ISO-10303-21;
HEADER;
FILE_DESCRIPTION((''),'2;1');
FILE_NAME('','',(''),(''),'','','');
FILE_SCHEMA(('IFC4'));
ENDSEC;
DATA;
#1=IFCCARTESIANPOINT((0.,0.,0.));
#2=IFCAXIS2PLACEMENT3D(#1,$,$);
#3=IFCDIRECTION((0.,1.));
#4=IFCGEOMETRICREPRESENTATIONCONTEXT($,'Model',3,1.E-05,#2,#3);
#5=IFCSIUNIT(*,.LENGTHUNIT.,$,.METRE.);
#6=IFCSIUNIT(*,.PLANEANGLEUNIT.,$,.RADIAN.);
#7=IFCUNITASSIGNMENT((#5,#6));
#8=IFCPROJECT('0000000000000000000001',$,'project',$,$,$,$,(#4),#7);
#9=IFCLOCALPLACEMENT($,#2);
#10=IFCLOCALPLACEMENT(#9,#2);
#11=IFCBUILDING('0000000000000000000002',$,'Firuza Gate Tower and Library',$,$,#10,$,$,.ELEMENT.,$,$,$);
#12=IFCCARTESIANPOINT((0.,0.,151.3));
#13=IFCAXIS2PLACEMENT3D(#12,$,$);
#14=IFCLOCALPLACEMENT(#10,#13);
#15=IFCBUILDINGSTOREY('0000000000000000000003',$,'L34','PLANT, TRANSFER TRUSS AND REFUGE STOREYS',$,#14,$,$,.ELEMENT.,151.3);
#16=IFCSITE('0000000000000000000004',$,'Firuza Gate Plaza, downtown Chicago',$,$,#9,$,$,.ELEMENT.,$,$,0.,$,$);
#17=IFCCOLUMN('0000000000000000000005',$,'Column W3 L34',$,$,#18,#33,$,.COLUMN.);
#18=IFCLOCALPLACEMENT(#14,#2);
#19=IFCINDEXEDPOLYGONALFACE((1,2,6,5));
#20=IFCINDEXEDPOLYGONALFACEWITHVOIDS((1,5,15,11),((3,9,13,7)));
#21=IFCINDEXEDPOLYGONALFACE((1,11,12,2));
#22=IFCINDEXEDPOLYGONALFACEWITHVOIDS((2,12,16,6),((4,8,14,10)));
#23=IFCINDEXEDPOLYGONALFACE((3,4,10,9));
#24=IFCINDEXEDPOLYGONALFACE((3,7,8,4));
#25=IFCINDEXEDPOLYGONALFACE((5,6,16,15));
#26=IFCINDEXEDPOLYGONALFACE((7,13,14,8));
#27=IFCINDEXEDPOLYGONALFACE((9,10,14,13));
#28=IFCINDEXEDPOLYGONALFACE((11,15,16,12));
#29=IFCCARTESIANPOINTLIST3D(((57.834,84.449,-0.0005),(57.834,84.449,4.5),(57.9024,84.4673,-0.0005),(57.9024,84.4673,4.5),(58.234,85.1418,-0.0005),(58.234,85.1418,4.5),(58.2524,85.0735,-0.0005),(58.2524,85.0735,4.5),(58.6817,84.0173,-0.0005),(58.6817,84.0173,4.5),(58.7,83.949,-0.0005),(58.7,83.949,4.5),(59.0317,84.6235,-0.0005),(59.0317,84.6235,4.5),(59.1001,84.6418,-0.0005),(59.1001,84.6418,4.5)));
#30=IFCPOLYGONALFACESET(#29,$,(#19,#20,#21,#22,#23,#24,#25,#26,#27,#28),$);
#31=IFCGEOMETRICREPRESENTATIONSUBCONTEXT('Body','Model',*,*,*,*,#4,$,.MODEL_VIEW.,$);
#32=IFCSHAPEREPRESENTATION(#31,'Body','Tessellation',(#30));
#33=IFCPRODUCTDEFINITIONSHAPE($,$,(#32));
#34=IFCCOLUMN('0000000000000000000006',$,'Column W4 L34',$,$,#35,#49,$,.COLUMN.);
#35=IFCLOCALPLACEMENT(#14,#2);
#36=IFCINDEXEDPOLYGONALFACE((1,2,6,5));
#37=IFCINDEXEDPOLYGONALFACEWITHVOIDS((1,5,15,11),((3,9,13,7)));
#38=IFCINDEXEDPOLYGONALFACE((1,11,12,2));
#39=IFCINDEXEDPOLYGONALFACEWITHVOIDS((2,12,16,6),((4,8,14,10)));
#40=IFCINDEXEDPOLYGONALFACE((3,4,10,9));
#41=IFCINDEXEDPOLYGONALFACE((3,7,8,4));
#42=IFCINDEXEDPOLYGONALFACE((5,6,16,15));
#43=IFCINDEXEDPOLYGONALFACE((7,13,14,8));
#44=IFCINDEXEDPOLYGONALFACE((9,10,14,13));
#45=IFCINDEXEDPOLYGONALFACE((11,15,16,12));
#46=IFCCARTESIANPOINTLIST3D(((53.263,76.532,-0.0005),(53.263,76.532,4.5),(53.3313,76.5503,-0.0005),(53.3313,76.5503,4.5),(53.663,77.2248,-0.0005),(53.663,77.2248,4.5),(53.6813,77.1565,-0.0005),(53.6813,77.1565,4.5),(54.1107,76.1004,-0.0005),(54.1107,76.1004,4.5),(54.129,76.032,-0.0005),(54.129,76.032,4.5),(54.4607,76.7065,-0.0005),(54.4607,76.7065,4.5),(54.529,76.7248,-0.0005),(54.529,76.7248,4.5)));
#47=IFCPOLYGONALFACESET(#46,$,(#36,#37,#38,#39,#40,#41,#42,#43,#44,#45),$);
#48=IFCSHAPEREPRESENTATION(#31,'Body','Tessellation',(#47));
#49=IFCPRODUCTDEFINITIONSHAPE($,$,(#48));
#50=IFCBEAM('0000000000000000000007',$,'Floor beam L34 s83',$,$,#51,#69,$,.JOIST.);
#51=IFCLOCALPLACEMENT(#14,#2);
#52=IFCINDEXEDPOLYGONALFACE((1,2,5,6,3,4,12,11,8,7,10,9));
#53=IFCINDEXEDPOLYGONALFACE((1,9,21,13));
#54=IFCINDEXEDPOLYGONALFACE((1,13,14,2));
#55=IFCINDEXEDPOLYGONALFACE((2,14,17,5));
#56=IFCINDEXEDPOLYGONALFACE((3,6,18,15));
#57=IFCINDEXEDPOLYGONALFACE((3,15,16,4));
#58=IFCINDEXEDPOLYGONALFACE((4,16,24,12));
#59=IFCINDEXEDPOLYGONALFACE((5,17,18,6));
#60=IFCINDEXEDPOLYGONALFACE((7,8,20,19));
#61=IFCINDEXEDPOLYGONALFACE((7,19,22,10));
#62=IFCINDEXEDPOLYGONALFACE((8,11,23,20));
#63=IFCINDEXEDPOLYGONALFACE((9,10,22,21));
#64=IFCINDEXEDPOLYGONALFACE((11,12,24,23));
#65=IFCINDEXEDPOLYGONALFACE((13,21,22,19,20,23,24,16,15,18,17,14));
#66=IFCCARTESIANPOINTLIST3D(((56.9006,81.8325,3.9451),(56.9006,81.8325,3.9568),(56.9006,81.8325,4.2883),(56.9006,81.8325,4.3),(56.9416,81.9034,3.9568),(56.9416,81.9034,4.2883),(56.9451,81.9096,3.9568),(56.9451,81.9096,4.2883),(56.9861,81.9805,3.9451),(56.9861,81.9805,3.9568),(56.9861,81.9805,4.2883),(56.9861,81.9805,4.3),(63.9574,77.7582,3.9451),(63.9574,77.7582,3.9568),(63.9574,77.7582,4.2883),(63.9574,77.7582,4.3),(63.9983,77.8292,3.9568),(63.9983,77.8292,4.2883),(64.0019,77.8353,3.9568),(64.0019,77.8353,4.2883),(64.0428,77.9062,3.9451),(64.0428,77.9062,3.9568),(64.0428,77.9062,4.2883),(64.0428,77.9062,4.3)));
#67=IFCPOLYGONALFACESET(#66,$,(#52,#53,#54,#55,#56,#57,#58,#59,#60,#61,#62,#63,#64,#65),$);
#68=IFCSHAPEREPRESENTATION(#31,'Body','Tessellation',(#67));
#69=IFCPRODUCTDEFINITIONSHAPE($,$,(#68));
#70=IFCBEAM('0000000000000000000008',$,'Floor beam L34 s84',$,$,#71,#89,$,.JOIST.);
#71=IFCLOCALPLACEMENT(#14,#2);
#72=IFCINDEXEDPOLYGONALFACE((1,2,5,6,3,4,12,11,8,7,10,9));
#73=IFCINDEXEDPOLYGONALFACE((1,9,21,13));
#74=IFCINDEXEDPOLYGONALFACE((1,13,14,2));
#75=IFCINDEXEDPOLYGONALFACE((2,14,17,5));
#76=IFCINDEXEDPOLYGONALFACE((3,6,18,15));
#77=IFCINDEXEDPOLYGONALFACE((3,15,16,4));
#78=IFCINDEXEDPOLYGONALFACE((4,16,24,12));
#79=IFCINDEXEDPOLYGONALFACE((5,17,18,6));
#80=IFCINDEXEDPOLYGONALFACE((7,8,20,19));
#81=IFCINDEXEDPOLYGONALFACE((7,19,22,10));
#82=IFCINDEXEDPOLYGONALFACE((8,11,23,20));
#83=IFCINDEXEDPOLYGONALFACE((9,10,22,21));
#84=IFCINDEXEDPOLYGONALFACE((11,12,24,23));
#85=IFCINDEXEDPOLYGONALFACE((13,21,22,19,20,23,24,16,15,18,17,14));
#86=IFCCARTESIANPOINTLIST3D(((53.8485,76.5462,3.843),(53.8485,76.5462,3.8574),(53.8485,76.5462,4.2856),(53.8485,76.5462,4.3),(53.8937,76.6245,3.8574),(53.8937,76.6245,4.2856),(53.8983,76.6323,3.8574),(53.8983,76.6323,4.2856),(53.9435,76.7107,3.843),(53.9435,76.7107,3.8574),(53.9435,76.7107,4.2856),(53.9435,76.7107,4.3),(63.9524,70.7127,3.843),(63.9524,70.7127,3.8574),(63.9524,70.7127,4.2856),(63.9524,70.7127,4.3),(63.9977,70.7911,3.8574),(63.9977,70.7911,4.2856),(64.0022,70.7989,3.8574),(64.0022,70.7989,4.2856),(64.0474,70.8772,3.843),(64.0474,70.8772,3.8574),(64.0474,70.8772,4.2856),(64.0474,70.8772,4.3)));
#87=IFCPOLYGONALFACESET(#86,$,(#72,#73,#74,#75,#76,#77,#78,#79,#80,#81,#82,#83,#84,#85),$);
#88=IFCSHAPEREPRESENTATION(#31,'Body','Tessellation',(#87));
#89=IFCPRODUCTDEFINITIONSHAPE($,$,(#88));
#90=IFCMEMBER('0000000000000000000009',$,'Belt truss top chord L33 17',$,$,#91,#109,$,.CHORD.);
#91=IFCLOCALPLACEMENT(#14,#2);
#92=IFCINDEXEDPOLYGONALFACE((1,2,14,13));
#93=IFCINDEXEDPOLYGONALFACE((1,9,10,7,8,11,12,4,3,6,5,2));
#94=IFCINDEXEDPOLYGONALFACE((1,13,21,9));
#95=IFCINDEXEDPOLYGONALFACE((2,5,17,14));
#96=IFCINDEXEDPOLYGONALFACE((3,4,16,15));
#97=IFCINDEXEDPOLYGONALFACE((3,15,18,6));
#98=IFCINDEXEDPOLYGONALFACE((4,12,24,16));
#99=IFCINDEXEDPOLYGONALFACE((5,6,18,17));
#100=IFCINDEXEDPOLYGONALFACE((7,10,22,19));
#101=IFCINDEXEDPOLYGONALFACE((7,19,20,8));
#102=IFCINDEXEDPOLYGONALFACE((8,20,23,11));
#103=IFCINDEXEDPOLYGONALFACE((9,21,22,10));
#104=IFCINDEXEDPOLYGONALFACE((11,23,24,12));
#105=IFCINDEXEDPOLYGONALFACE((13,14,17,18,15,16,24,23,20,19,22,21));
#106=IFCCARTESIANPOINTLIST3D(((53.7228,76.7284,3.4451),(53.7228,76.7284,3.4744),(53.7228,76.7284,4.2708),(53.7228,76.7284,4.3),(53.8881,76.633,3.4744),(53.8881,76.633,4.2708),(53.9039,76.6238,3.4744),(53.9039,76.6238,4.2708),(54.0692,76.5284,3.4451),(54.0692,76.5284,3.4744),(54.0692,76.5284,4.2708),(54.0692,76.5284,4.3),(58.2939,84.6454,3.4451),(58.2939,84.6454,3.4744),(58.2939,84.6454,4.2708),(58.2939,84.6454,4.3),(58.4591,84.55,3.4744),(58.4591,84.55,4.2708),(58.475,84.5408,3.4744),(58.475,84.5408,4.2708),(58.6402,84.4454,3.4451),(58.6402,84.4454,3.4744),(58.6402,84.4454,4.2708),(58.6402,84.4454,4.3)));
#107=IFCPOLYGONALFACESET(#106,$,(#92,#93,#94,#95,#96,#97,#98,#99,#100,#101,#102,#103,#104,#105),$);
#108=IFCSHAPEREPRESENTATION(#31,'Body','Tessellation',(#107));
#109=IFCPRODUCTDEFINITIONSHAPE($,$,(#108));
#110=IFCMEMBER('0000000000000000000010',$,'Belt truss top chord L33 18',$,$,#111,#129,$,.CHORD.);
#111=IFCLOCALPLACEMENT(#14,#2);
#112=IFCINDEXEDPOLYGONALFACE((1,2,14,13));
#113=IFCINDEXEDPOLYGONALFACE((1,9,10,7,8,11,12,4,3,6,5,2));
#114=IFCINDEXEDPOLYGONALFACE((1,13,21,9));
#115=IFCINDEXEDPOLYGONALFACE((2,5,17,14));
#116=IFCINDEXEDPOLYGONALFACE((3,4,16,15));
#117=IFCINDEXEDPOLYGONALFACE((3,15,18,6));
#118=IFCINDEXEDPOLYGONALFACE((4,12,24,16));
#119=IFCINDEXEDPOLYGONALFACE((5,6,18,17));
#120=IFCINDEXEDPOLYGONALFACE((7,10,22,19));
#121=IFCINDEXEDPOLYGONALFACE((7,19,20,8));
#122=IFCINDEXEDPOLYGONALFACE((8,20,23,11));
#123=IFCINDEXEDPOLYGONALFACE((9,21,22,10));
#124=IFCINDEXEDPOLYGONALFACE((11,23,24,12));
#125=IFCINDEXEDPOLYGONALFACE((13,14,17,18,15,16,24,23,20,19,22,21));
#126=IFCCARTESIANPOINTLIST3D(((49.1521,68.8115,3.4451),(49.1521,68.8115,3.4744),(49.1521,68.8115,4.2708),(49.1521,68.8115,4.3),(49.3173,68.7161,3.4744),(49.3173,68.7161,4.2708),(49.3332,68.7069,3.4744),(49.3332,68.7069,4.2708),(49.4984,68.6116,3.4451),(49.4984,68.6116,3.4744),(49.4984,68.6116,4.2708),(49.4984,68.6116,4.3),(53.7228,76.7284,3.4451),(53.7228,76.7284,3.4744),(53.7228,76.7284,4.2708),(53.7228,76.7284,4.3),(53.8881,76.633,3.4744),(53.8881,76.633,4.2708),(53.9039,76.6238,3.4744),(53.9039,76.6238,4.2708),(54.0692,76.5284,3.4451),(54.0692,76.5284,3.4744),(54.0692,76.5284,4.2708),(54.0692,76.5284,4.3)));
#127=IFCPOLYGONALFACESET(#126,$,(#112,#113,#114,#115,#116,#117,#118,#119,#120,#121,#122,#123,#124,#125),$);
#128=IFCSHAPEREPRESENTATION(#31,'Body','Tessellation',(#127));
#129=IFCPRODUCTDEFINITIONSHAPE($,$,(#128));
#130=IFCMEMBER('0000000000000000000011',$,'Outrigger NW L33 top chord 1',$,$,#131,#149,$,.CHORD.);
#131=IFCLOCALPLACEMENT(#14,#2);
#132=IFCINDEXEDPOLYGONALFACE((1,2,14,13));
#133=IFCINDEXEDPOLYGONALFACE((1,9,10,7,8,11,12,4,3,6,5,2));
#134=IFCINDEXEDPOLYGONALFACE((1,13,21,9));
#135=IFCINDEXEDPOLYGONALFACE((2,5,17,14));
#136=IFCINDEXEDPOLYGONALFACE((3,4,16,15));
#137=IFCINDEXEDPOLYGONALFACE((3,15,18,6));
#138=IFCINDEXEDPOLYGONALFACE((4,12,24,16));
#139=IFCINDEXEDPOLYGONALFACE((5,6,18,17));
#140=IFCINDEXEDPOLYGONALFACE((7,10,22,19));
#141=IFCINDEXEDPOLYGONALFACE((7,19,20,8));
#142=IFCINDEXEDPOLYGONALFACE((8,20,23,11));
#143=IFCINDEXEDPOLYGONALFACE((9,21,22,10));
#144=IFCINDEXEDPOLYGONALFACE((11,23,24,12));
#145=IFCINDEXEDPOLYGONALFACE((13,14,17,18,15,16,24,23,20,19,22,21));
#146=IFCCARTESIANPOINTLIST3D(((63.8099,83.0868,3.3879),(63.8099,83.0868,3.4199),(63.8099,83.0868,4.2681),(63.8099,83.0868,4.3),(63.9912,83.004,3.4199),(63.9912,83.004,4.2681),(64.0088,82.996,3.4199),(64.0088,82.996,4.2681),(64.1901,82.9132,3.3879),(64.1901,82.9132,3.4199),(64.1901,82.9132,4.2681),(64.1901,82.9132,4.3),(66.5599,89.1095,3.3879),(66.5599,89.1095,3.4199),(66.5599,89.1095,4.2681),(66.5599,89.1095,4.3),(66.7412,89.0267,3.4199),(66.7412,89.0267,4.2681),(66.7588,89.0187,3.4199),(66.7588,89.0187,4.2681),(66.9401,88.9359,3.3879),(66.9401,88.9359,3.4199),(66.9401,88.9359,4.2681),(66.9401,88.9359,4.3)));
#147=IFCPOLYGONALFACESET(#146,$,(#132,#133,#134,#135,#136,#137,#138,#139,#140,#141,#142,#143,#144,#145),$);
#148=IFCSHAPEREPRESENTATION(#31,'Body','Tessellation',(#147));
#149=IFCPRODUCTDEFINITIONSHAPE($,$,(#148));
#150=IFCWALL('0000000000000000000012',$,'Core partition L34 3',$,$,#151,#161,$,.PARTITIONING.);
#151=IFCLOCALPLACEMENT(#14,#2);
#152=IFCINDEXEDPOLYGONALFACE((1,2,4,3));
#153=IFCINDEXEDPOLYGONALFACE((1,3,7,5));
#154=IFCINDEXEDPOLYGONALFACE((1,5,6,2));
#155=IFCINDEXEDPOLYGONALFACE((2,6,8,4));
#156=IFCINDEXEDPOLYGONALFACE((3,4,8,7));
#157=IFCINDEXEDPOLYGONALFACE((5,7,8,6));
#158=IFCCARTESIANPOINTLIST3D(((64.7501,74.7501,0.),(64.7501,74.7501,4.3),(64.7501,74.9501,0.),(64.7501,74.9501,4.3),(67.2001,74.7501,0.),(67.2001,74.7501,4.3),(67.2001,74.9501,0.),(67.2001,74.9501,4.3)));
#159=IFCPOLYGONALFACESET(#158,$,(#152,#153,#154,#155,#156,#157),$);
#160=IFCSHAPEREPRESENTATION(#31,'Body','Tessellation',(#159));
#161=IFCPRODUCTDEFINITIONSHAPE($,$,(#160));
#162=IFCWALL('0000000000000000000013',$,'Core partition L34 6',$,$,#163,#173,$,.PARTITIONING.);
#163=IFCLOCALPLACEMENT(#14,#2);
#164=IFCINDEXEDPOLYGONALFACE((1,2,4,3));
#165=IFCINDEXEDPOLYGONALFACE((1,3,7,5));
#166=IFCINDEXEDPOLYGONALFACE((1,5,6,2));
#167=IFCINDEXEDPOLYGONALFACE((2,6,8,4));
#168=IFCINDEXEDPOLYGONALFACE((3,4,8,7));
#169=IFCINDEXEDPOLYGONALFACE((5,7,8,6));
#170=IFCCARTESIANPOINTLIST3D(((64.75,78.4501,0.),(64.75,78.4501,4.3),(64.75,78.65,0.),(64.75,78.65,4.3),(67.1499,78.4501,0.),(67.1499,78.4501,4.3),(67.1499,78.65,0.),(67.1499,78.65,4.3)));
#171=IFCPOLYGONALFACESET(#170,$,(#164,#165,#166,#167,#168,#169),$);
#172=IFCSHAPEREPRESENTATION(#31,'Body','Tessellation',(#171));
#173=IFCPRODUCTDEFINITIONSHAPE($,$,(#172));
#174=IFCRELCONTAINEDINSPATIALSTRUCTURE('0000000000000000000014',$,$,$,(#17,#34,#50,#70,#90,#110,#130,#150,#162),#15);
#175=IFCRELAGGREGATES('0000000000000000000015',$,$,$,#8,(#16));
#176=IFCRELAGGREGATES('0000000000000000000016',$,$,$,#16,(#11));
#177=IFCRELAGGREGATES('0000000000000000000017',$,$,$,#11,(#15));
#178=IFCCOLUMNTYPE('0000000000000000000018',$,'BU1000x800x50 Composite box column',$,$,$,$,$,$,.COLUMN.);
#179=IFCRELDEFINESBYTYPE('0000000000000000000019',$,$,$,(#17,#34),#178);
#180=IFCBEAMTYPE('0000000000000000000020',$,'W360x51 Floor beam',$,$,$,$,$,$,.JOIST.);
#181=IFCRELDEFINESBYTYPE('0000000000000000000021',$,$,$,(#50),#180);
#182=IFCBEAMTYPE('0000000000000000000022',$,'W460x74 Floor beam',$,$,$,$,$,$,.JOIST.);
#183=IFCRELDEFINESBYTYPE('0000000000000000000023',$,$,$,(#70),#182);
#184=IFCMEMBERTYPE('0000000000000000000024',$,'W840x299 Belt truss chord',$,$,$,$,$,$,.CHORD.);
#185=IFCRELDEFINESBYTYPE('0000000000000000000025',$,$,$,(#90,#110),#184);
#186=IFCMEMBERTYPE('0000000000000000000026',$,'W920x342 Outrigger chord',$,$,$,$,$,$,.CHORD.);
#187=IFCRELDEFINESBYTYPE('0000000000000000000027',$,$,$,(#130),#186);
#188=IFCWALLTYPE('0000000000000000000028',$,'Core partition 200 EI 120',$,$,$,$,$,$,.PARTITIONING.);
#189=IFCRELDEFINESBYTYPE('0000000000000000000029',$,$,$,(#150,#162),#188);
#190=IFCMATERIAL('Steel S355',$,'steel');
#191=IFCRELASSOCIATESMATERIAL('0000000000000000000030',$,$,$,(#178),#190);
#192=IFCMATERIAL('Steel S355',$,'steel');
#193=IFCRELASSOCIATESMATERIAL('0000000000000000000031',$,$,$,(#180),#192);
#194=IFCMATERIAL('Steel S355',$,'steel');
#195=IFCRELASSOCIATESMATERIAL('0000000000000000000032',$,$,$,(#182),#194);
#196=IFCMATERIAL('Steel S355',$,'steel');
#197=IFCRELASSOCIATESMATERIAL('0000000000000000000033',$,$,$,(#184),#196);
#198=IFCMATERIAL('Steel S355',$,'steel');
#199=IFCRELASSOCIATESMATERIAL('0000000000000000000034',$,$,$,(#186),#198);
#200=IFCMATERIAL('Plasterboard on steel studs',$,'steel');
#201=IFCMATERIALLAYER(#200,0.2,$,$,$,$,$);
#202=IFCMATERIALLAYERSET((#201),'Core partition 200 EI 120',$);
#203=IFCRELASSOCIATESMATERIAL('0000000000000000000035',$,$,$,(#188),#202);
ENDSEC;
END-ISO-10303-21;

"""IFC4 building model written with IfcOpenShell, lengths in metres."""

from ifc_helpers import new_model, si_unit, direction, frame, frame_2d, origin, origin_2d, place, context, subcontext, project, spatial, rectangle, hollow_rectangle, i_section, extrude, material, layer, layer_set, material_profile, profile_set, type_object, element, save


model = new_model("IFC4")

# Units and contexts
model_context = context("Model", 3, precision=1e-05, world=origin(), true_north=direction((0.0, 1.0)))
body_context = subcontext(model_context, "Body", "Model", "MODEL_VIEW")
ifc_project = project(units=[si_unit("LENGTHUNIT", "METRE"), si_unit("PLANEANGLEUNIT", "RADIAN")], contexts=[model_context])

# Site, building, storey
site_placement = place(None, origin())
site = spatial("IfcSite", under=ifc_project, at=site_placement, Name="Firuza Gate Plaza, downtown Chicago", CompositionType="ELEMENT", RefElevation=0.0)
building_placement = place(site_placement, origin())
building = spatial("IfcBuilding", under=site, at=building_placement, Name="Firuza Gate Tower and Library", CompositionType="ELEMENT")
storey_placement = place(building_placement, frame((0.0, 0.0, 151.3)))
storey = spatial("IfcBuildingStorey", under=building, at=storey_placement, Name="L34", Description="PLANT, TRANSFER TRUSS AND REFUGE STOREYS", CompositionType="ELEMENT", Elevation=151.3)

# Columns
ifc_material_1 = material(Name="Steel S355", Category="steel")
ifc_material_profile_1 = material_profile(ifc_material_1, hollow_rectangle(XDim=0.8, YDim=1.0, WallThickness=0.05, at=origin_2d()))
ifc_profile_set_1 = profile_set([ifc_material_profile_1], Name="Steel S355")
column_type = type_object("IfcColumnType", Name="BU1000x800x50 Composite box column", PredefinedType="COLUMN", material=ifc_profile_set_1)
for number, where, z_axis, x_axis, name in (
    (1, (58.467, 84.5454, -0.0005), (0.0, 0.0, 1.0), (-0.5, -0.866025, 0.0), "Column W3 L34"),
    (2, (53.896, 76.6284, -0.0005), (0.0, 0.0, 1.0), (-0.5, -0.866025, 0.0), "Column W4 L34"),
):
    element("IfcColumn", number, at=place(storey_placement, frame(where, z_axis=z_axis, x_axis=x_axis)), inside=storey, type_object=column_type, Name=name, PredefinedType="COLUMN", context=body_context, shape_type="SweptSolid", body=[
        extrude(hollow_rectangle(XDim=0.8, YDim=1.0, WallThickness=0.05, at=origin_2d()), origin(), (0.0, 0.0, 1.0), 4.5005),
    ])

# Beams
ifc_material_2 = material(Name="Steel S355", Category="steel")
ifc_material_profile_2 = material_profile(ifc_material_2, i_section(OverallWidth=0.1709, OverallDepth=0.355, WebThickness=0.0071, FlangeThickness=0.0117, at=origin_2d()))
ifc_profile_set_2 = profile_set([ifc_material_profile_2], Name="Steel S355")
beam_type_1 = type_object("IfcBeamType", Name="W360x51 Floor beam", PredefinedType="JOIST", material=ifc_profile_set_2)
beam_1_placement = place(storey_placement, frame((56.9434, 81.9065, 4.1226), z_axis=(0.866022, -0.500006, 0.0), x_axis=(0.500006, 0.866022, 0.0)))
element("IfcBeam", 3, at=beam_1_placement, inside=storey, type_object=beam_type_1, Name="Floor beam L34 s83", PredefinedType="JOIST", context=body_context, shape_type="SweptSolid", body=[
    extrude(i_section(OverallWidth=0.1709, OverallDepth=0.355, WebThickness=0.0071, FlangeThickness=0.0117, at=origin_2d()), origin(), (0.0, 0.0, 1.0), 8.1484),
])
ifc_material_3 = material(Name="Steel S355", Category="steel")
ifc_material_profile_3 = material_profile(ifc_material_3, i_section(OverallWidth=0.1899, OverallDepth=0.457, WebThickness=0.009, FlangeThickness=0.0144, at=origin_2d()))
ifc_profile_set_3 = profile_set([ifc_material_profile_3], Name="Steel S355")
beam_type_2 = type_object("IfcBeamType", Name="W460x74 Floor beam", PredefinedType="JOIST", material=ifc_profile_set_3)
beam_2_placement = place(storey_placement, frame((53.896, 76.6284, 4.0715), z_axis=(0.866027, -0.499997, 0.0), x_axis=(0.499997, 0.866027, 0.0)))
element("IfcBeam", 4, at=beam_2_placement, inside=storey, type_object=beam_type_2, Name="Floor beam L34 s84", PredefinedType="JOIST", context=body_context, shape_type="SweptSolid", body=[
    extrude(i_section(OverallWidth=0.1899, OverallDepth=0.457, WebThickness=0.009, FlangeThickness=0.0144, at=origin_2d()), origin(), (0.0, 0.0, 1.0), 11.667),
])

# Members
ifc_material_4 = material(Name="Steel S355", Category="steel")
ifc_material_profile_4 = material_profile(ifc_material_4, i_section(OverallWidth=0.3999, OverallDepth=0.855, WebThickness=0.0183, FlangeThickness=0.0293, at=origin_2d()))
ifc_profile_set_4 = profile_set([ifc_material_profile_4], Name="Steel S355")
member_type_1 = type_object("IfcMemberType", Name="W840x299 Belt truss chord", PredefinedType="CHORD", material=ifc_profile_set_4)
member_1_placement = place(storey_placement, frame((58.467, 84.5454, 3.8726), z_axis=(-0.500014, -0.866017, 0.0), x_axis=(0.866017, -0.500014, 0.0)))
element("IfcMember", 5, at=member_1_placement, inside=storey, type_object=member_type_1, Name="Belt truss top chord L33 17", PredefinedType="CHORD", context=body_context, shape_type="SweptSolid", body=[
    extrude(i_section(OverallWidth=0.3999, OverallDepth=0.855, WebThickness=0.0183, FlangeThickness=0.0293, at=origin_2d()), origin(), (0.0, 0.0, 1.0), 9.1418),
])
member_2_placement = place(storey_placement, frame((53.896, 76.6284, 3.8726), z_axis=(-0.499994, -0.866029, 0.0), x_axis=(0.866029, -0.499994, 0.0)))
element("IfcMember", 6, at=member_2_placement, inside=storey, type_object=member_type_1, Name="Belt truss top chord L33 18", PredefinedType="CHORD", context=body_context, shape_type="SweptSolid", body=[
    extrude(i_section(OverallWidth=0.3999, OverallDepth=0.855, WebThickness=0.0183, FlangeThickness=0.0293, at=origin_2d()), origin(), (0.0, 0.0, 1.0), 9.1416),
])
ifc_material_5 = material(Name="Steel S355", Category="steel")
ifc_material_profile_5 = material_profile(ifc_material_5, i_section(OverallWidth=0.418, OverallDepth=0.9121, WebThickness=0.0193, FlangeThickness=0.032, at=origin_2d()))
ifc_profile_set_5 = profile_set([ifc_material_profile_5], Name="Steel S355")
member_type_2 = type_object("IfcMemberType", Name="W920x342 Outrigger chord", PredefinedType="CHORD", material=ifc_profile_set_5)
member_3_placement = place(storey_placement, frame((64.0, 83.0, 3.844), z_axis=(0.415355, 0.909659, 0.0), x_axis=(-0.909659, 0.415355, 0.0)))
element("IfcMember", 7, at=member_3_placement, inside=storey, type_object=member_type_2, Name="Outrigger NW L33 top chord 1", PredefinedType="CHORD", context=body_context, shape_type="SweptSolid", body=[
    extrude(i_section(OverallWidth=0.418, OverallDepth=0.9121, WebThickness=0.0193, FlangeThickness=0.032, at=origin_2d()), origin(), (0.0, 0.0, 1.0), 6.6208),
])

# Walls
ifc_material_6 = material(Name="Plasterboard on steel studs", Category="steel")
ifc_layer_1 = layer(ifc_material_6, 0.2)
ifc_layer_set_1 = layer_set([ifc_layer_1], Name="Core partition 200 EI 120")
wall_type_1 = type_object("IfcWallType", Name="Core partition 200 EI 120", PredefinedType="PARTITIONING", material=ifc_layer_set_1)
wall_1_placement = place(storey_placement, frame((64.75, 74.8501, 0.0), z_axis=(0.0, 0.0, 1.0), x_axis=(1.0, 0.0, 0.0)))
element("IfcWall", 8, at=wall_1_placement, inside=storey, type_object=wall_type_1, Name="Core partition L34 3", PredefinedType="PARTITIONING", context=body_context, shape_type="SweptSolid", body=[
    extrude(rectangle(XDim=2.45, YDim=0.2, at=frame_2d((1.2251, 0.0))), origin(), (0.0, 0.0, 1.0), 4.3),
])
wall_2_placement = place(storey_placement, frame((64.75, 78.55, 0.0), z_axis=(0.0, 0.0, 1.0), x_axis=(1.0, 0.0, 0.0)))
element("IfcWall", 9, at=wall_2_placement, inside=storey, type_object=wall_type_1, Name="Core partition L34 6", PredefinedType="PARTITIONING", context=body_context, shape_type="SweptSolid", body=[
    extrude(rectangle(XDim=2.3999, YDim=0.2, at=frame_2d((1.2, 0.0))), origin(), (0.0, 0.0, 1.0), 4.3),
])

save(model, "model.ifc")
